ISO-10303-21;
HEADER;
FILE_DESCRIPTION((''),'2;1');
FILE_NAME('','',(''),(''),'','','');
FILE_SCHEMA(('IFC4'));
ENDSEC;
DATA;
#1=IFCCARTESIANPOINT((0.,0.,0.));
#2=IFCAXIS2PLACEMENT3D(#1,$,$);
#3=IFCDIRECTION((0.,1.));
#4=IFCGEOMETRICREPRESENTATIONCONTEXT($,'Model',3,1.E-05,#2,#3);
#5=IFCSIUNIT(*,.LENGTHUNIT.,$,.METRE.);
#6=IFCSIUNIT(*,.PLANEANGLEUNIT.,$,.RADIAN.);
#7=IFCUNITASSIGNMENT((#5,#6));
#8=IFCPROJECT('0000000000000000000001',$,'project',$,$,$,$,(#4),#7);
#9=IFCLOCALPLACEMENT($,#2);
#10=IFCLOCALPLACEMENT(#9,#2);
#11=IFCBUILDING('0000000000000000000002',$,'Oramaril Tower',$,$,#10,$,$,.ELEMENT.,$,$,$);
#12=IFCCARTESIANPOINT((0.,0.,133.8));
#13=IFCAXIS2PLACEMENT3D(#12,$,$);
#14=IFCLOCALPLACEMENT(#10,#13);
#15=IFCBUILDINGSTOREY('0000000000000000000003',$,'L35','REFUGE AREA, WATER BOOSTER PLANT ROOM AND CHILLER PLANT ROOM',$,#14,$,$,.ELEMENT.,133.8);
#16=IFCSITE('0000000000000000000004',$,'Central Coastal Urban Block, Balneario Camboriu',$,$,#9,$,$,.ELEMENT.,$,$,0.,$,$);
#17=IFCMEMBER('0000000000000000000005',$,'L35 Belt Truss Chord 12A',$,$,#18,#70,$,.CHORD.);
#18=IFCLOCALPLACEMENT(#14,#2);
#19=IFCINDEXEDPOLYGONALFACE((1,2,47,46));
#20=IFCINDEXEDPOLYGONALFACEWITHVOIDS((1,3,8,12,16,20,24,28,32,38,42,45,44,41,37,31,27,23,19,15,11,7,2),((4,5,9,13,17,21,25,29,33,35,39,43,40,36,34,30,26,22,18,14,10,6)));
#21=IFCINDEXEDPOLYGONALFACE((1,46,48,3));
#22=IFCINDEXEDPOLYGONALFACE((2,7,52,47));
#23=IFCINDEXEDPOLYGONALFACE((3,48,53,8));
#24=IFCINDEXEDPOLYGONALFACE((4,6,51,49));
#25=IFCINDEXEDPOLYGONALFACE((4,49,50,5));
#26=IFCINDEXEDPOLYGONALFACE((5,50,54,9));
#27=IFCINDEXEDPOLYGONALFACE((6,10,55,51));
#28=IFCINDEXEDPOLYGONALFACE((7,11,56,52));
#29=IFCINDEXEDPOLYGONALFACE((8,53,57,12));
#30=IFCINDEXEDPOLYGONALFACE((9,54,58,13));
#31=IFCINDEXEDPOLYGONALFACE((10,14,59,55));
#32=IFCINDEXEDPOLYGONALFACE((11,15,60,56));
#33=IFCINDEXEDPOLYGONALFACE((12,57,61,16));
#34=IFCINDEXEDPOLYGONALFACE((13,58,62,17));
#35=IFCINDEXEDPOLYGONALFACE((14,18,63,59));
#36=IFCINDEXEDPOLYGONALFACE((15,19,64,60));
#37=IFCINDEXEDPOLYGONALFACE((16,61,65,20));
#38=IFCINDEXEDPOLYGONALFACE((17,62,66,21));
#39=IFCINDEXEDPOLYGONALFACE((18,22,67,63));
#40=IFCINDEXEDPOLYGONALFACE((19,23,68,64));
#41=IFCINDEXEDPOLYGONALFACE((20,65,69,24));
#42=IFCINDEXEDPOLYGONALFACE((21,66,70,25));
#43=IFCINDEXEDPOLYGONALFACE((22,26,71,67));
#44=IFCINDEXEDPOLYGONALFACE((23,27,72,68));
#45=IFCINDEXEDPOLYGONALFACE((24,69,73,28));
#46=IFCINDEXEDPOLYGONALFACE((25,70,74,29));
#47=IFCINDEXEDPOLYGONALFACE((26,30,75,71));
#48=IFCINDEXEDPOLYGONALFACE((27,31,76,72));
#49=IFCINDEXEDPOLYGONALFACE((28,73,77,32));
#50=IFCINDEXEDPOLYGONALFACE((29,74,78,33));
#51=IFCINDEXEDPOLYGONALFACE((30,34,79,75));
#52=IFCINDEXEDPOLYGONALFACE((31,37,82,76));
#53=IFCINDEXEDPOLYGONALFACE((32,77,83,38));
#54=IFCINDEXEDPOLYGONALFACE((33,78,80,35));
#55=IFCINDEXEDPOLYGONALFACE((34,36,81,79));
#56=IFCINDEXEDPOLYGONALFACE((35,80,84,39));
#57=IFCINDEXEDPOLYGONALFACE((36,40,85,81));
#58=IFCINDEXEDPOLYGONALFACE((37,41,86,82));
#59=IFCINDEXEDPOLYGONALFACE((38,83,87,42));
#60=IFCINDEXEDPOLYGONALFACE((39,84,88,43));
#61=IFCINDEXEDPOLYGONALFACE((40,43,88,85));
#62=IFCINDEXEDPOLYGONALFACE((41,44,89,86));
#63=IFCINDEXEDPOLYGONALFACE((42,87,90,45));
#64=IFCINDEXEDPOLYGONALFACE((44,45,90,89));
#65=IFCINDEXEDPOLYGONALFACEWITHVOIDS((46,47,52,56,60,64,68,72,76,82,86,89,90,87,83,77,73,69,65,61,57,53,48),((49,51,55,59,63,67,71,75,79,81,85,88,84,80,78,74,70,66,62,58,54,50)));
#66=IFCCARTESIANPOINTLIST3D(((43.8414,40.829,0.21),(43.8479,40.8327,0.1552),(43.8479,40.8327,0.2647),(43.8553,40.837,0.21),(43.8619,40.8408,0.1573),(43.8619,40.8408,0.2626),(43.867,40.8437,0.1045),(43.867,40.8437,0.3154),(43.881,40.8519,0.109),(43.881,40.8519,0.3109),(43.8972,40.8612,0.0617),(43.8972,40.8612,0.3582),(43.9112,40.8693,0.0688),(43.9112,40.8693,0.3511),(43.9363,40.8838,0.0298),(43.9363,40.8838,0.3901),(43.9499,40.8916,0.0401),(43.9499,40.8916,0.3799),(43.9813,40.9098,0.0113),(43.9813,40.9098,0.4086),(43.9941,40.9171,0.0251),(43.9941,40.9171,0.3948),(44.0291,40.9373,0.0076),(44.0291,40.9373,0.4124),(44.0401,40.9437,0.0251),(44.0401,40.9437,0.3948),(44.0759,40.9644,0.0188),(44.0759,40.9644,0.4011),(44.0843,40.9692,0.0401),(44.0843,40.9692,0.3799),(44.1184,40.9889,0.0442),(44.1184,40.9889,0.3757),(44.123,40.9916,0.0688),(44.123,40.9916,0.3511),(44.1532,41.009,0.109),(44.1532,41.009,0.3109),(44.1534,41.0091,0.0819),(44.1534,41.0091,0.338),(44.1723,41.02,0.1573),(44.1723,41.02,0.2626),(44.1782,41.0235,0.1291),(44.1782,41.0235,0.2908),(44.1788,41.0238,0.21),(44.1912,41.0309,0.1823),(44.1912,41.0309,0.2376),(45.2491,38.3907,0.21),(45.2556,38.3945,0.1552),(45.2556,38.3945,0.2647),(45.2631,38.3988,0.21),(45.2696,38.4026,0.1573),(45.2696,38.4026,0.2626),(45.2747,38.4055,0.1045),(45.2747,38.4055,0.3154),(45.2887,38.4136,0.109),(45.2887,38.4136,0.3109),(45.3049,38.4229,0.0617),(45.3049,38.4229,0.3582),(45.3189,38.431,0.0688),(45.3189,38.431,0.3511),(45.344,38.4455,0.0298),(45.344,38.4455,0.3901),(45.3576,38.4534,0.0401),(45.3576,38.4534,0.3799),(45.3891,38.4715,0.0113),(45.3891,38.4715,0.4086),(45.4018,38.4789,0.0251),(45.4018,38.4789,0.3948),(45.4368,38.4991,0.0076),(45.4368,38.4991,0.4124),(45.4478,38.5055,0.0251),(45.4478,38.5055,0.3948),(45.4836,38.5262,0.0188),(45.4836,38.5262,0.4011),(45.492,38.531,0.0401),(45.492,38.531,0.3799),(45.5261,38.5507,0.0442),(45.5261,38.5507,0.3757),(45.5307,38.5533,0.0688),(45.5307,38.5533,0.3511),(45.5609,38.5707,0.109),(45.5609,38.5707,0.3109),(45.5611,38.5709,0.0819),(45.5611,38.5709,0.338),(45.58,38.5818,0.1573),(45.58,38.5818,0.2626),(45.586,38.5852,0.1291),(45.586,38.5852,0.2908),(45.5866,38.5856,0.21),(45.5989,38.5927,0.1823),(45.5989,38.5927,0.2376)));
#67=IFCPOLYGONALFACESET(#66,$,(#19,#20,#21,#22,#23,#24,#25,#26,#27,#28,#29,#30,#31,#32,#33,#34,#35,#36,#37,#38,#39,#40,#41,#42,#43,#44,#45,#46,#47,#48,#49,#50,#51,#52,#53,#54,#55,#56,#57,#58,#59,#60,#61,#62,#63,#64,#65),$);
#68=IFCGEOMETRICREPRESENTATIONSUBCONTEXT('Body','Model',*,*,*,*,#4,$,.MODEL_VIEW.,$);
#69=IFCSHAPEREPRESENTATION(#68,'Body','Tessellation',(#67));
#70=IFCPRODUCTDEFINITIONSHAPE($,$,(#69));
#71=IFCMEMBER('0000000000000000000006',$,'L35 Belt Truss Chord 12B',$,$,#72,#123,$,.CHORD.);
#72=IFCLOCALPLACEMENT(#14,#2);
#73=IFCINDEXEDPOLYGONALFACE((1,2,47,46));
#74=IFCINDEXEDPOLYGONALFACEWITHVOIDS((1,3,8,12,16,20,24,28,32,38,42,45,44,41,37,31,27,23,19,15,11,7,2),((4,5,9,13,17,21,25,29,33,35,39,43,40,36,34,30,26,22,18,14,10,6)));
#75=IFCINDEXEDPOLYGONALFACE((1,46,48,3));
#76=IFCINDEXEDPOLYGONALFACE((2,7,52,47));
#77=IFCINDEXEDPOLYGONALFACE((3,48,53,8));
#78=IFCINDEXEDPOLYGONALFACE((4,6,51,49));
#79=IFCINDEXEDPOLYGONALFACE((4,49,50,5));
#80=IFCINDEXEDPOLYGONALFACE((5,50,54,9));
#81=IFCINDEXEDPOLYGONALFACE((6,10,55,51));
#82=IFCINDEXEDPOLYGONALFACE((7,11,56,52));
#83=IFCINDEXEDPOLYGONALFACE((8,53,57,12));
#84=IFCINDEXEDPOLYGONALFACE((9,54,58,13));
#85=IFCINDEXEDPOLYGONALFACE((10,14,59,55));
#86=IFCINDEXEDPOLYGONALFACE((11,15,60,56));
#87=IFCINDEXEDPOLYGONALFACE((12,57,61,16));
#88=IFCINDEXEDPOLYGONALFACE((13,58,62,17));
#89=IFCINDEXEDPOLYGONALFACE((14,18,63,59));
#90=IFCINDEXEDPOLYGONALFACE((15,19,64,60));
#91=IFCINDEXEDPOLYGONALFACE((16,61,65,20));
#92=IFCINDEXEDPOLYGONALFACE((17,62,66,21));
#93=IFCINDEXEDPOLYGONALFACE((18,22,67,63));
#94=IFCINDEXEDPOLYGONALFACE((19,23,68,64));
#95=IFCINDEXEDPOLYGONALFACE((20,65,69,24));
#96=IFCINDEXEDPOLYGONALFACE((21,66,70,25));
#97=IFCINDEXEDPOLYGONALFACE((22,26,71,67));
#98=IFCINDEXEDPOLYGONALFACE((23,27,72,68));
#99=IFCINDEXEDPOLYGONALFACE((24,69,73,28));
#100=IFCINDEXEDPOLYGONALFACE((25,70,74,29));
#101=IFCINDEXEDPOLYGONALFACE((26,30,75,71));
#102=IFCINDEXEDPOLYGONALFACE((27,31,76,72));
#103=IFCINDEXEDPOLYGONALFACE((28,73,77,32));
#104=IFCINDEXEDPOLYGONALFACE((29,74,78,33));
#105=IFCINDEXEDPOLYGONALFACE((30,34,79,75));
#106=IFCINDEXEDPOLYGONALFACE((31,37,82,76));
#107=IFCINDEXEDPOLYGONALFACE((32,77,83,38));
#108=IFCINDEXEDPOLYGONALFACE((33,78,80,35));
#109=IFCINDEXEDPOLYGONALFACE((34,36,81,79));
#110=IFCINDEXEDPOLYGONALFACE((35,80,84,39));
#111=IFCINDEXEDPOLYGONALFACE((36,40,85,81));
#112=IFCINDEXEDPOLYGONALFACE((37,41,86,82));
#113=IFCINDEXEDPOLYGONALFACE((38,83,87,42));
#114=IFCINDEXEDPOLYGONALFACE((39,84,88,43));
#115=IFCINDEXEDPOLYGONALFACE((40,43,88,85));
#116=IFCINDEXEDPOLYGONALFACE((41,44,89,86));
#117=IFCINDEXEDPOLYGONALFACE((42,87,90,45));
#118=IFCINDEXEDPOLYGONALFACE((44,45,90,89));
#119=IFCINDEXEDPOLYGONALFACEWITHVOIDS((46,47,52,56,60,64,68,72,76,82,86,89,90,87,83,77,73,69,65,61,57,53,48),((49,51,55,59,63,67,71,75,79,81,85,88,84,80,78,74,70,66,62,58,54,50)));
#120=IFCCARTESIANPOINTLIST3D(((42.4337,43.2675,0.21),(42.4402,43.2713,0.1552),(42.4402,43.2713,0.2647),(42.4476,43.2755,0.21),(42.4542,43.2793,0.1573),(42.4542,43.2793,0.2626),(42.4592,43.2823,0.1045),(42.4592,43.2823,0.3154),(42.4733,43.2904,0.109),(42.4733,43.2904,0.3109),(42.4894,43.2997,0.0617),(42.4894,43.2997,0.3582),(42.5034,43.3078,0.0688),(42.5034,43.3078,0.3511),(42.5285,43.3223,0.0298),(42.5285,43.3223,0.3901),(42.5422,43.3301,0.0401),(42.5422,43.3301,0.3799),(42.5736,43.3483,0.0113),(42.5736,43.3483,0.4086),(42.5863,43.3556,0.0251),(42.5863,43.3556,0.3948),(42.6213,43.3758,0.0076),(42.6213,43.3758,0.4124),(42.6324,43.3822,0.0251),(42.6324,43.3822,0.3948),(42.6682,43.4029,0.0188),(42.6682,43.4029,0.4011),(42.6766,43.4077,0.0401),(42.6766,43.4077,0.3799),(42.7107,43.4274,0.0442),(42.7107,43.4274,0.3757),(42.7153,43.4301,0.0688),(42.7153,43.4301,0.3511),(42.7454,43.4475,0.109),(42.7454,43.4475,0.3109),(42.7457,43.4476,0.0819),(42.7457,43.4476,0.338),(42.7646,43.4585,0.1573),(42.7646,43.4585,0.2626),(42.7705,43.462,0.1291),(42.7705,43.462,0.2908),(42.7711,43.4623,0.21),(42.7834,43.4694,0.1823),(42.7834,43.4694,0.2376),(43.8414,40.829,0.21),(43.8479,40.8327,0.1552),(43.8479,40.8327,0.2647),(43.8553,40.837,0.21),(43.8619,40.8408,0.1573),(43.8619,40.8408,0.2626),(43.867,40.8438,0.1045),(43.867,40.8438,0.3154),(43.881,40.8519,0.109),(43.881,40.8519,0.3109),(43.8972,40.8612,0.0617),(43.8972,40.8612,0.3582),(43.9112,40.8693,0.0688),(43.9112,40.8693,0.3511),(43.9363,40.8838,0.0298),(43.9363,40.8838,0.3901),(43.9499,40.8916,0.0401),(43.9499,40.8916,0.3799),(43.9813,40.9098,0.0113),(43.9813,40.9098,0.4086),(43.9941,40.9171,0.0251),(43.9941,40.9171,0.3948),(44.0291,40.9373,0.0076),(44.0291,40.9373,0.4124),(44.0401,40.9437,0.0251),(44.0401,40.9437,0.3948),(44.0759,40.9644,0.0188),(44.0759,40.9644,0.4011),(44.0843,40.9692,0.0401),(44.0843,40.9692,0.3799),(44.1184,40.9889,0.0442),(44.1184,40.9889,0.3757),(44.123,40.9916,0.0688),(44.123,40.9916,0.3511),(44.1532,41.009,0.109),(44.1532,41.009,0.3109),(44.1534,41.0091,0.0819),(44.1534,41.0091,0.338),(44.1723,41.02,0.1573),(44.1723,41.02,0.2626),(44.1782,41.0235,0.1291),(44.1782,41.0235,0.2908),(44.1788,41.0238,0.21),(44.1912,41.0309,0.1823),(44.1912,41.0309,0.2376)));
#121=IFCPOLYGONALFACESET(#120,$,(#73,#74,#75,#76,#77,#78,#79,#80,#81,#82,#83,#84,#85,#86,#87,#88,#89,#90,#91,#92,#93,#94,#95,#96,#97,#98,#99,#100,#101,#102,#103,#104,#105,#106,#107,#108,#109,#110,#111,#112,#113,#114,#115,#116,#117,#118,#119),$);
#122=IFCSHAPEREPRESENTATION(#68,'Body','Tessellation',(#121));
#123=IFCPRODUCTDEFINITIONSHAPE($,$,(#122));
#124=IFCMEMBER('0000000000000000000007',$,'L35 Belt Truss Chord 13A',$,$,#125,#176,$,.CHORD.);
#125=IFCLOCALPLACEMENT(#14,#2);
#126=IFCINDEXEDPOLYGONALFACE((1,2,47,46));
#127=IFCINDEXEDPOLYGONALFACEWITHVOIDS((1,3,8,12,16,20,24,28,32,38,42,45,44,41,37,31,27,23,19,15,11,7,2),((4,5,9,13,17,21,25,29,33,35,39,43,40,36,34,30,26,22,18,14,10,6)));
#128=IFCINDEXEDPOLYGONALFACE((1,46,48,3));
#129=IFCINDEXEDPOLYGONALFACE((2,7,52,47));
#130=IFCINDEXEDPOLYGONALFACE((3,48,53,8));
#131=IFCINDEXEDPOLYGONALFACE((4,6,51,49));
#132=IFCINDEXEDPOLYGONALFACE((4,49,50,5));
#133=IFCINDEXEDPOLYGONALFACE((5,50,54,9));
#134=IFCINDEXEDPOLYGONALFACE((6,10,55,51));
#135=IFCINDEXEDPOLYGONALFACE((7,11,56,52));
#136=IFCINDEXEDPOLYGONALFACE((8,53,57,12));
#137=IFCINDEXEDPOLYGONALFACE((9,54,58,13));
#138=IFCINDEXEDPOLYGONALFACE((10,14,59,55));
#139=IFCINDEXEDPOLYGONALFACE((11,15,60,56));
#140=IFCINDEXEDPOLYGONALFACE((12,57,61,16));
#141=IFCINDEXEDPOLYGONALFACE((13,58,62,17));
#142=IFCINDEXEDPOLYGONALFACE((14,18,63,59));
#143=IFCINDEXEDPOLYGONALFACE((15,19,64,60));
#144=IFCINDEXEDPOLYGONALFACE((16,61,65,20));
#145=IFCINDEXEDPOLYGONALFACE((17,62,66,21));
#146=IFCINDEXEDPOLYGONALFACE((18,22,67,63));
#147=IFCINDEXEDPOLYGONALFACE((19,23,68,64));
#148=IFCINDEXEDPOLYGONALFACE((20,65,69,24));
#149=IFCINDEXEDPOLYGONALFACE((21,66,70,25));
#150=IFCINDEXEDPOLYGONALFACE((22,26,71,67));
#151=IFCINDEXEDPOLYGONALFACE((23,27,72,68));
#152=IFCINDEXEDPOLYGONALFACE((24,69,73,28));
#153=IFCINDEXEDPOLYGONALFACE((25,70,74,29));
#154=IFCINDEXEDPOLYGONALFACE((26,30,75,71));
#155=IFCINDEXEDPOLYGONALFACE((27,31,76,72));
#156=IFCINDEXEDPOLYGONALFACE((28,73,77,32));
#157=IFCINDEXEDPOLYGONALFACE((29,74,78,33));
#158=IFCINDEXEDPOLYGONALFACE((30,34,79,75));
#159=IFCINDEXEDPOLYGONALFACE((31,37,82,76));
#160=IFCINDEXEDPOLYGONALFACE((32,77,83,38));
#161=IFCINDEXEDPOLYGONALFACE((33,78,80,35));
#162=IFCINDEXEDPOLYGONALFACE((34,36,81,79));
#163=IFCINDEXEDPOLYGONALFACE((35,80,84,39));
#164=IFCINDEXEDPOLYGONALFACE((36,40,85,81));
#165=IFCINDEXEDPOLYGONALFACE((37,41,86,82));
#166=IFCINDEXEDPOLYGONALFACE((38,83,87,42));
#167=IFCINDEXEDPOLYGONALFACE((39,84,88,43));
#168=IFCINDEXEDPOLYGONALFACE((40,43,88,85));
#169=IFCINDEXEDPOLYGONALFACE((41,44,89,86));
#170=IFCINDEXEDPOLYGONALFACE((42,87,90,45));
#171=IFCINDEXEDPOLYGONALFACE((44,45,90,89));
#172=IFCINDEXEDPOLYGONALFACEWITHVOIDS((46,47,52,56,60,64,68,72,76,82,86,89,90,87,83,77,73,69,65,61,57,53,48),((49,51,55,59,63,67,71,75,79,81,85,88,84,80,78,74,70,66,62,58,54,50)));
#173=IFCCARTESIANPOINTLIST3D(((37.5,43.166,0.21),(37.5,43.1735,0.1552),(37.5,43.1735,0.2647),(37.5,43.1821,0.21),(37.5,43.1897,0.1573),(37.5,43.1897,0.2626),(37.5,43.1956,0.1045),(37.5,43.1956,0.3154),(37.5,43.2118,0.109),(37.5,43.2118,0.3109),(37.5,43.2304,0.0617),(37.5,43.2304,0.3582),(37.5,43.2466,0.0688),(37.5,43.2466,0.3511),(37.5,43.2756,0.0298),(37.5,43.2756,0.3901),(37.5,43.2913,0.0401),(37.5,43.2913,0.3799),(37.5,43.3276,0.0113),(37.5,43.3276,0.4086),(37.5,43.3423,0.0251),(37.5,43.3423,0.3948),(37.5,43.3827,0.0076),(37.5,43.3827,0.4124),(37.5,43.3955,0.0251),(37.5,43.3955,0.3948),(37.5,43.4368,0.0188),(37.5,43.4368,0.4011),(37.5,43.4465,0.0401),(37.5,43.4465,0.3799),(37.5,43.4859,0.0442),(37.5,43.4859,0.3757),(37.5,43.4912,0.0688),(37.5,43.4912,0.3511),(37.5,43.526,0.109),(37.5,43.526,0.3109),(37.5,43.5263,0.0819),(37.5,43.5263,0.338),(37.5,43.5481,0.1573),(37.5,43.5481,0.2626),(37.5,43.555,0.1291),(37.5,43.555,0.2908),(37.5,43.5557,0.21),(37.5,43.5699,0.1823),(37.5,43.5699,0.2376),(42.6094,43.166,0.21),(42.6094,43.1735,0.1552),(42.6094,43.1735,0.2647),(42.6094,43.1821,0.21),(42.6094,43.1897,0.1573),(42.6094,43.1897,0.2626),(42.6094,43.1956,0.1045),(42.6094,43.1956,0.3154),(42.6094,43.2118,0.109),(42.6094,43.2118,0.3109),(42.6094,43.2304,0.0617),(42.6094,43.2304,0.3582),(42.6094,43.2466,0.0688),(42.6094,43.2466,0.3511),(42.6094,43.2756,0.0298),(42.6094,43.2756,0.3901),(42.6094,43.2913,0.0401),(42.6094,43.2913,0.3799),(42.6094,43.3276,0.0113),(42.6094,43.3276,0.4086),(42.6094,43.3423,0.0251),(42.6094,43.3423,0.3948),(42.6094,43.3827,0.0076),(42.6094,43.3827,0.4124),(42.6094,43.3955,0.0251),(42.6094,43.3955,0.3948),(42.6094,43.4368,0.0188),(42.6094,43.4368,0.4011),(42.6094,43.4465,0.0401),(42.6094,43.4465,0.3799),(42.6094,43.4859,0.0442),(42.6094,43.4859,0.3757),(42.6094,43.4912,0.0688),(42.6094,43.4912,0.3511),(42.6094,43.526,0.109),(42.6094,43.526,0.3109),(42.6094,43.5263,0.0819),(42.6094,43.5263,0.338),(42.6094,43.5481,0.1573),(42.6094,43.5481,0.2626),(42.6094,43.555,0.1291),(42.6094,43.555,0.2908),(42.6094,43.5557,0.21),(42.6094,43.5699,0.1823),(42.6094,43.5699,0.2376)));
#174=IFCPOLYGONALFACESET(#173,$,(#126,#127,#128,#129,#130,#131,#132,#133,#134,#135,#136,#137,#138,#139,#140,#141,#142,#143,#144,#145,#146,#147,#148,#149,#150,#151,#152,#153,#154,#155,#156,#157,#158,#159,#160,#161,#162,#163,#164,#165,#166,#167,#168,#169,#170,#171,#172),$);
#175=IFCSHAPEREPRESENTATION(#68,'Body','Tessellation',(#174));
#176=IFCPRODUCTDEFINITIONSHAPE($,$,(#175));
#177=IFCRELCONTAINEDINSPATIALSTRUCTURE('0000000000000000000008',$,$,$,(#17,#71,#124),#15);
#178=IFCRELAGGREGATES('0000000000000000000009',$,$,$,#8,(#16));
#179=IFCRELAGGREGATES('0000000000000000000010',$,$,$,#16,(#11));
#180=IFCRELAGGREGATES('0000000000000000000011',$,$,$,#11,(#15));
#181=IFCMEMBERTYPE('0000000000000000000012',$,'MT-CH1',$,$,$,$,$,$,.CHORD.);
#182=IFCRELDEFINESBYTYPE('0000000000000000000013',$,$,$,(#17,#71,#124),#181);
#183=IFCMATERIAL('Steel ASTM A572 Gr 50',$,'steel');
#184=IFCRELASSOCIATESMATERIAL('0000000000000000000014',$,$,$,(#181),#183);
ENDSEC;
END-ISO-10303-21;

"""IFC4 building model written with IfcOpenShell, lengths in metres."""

from ifc_helpers import new_model, si_unit, direction, frame, origin, origin_2d, place, context, subcontext, project, spatial, hollow_circle, extrude, material, material_profile, profile_set, type_object, element, save


model = new_model("IFC4")

# Units and contexts
model_context = context("Model", 3, precision=1e-05, world=origin(), true_north=direction((0.0, 1.0)))
body_context = subcontext(model_context, "Body", "Model", "MODEL_VIEW")
ifc_project = project(units=[si_unit("LENGTHUNIT", "METRE"), si_unit("PLANEANGLEUNIT", "RADIAN")], contexts=[model_context])

# Site, building, storey
site_placement = place(None, origin())
site = spatial("IfcSite", under=ifc_project, at=site_placement, Name="Central Coastal Urban Block, Balneario Camboriu", CompositionType="ELEMENT", RefElevation=0.0)
building_placement = place(site_placement, origin())
building = spatial("IfcBuilding", under=site, at=building_placement, Name="Oramaril Tower", CompositionType="ELEMENT")
storey_placement = place(building_placement, frame((0.0, 0.0, 133.8)))
storey = spatial("IfcBuildingStorey", under=building, at=storey_placement, Name="L35", Description="REFUGE AREA, WATER BOOSTER PLANT ROOM AND CHILLER PLANT ROOM", CompositionType="ELEMENT", Elevation=133.8)

# Members
ifc_material_1 = material(Name="Steel ASTM A572 Gr 50", Category="steel")
ifc_material_profile_1 = material_profile(ifc_material_1, hollow_circle(Radius=0.2029, WallThickness=0.0161, at=origin_2d()), Name="CHS406X16")
ifc_profile_set_1 = profile_set([ifc_material_profile_1], Name="Steel ASTM A572 Gr 50")
member_type_1 = type_object("IfcMemberType", Name="MT-CH1", PredefinedType="CHORD", material=ifc_profile_set_1)
member_1_placement = place(storey_placement, frame((45.4248, 38.4922, 0.21), z_axis=(-0.5, 0.866025, 0.0), x_axis=(-0.866025, -0.5, 0.0)))
element("IfcMember", 1, at=member_1_placement, inside=storey, type_object=member_type_1, Name="L35 Belt Truss Chord 12A", PredefinedType="CHORD", context=body_context, shape_type="SweptSolid", body=[
    extrude(hollow_circle(Radius=0.2029, WallThickness=0.0161, at=origin_2d()), origin(), (0.0, 0.0, 1.0), 2.8154),
])
member_2_placement = place(storey_placement, frame((44.0171, 40.9304, 0.21), z_axis=(-0.499963, 0.866047, 0.0), x_axis=(-0.866047, -0.499963, 0.0)))
element("IfcMember", 2, at=member_2_placement, inside=storey, type_object=member_type_1, Name="L35 Belt Truss Chord 12B", PredefinedType="CHORD", context=body_context, shape_type="SweptSolid", body=[
    extrude(hollow_circle(Radius=0.2029, WallThickness=0.0161, at=origin_2d()), origin(), (0.0, 0.0, 1.0), 2.8157),
])
for number, where, z_axis, x_axis, name in (
    (3, (42.6094, 43.3689, 0.21), (-1.0, 0.0, 0.0), (0.0, -1.0, 0.0), "L35 Belt Truss Chord 13A"),
):
    element("IfcMember", number, at=place(storey_placement, frame(where, z_axis=z_axis, x_axis=x_axis)), inside=storey, type_object=member_type_1, Name=name, PredefinedType="CHORD", context=body_context, shape_type="SweptSolid", body=[
        extrude(hollow_circle(Radius=0.2029, WallThickness=0.0161, at=origin_2d()), origin(), (0.0, 0.0, 1.0), 5.1094),
    ])

save(model, "model.ifc")
